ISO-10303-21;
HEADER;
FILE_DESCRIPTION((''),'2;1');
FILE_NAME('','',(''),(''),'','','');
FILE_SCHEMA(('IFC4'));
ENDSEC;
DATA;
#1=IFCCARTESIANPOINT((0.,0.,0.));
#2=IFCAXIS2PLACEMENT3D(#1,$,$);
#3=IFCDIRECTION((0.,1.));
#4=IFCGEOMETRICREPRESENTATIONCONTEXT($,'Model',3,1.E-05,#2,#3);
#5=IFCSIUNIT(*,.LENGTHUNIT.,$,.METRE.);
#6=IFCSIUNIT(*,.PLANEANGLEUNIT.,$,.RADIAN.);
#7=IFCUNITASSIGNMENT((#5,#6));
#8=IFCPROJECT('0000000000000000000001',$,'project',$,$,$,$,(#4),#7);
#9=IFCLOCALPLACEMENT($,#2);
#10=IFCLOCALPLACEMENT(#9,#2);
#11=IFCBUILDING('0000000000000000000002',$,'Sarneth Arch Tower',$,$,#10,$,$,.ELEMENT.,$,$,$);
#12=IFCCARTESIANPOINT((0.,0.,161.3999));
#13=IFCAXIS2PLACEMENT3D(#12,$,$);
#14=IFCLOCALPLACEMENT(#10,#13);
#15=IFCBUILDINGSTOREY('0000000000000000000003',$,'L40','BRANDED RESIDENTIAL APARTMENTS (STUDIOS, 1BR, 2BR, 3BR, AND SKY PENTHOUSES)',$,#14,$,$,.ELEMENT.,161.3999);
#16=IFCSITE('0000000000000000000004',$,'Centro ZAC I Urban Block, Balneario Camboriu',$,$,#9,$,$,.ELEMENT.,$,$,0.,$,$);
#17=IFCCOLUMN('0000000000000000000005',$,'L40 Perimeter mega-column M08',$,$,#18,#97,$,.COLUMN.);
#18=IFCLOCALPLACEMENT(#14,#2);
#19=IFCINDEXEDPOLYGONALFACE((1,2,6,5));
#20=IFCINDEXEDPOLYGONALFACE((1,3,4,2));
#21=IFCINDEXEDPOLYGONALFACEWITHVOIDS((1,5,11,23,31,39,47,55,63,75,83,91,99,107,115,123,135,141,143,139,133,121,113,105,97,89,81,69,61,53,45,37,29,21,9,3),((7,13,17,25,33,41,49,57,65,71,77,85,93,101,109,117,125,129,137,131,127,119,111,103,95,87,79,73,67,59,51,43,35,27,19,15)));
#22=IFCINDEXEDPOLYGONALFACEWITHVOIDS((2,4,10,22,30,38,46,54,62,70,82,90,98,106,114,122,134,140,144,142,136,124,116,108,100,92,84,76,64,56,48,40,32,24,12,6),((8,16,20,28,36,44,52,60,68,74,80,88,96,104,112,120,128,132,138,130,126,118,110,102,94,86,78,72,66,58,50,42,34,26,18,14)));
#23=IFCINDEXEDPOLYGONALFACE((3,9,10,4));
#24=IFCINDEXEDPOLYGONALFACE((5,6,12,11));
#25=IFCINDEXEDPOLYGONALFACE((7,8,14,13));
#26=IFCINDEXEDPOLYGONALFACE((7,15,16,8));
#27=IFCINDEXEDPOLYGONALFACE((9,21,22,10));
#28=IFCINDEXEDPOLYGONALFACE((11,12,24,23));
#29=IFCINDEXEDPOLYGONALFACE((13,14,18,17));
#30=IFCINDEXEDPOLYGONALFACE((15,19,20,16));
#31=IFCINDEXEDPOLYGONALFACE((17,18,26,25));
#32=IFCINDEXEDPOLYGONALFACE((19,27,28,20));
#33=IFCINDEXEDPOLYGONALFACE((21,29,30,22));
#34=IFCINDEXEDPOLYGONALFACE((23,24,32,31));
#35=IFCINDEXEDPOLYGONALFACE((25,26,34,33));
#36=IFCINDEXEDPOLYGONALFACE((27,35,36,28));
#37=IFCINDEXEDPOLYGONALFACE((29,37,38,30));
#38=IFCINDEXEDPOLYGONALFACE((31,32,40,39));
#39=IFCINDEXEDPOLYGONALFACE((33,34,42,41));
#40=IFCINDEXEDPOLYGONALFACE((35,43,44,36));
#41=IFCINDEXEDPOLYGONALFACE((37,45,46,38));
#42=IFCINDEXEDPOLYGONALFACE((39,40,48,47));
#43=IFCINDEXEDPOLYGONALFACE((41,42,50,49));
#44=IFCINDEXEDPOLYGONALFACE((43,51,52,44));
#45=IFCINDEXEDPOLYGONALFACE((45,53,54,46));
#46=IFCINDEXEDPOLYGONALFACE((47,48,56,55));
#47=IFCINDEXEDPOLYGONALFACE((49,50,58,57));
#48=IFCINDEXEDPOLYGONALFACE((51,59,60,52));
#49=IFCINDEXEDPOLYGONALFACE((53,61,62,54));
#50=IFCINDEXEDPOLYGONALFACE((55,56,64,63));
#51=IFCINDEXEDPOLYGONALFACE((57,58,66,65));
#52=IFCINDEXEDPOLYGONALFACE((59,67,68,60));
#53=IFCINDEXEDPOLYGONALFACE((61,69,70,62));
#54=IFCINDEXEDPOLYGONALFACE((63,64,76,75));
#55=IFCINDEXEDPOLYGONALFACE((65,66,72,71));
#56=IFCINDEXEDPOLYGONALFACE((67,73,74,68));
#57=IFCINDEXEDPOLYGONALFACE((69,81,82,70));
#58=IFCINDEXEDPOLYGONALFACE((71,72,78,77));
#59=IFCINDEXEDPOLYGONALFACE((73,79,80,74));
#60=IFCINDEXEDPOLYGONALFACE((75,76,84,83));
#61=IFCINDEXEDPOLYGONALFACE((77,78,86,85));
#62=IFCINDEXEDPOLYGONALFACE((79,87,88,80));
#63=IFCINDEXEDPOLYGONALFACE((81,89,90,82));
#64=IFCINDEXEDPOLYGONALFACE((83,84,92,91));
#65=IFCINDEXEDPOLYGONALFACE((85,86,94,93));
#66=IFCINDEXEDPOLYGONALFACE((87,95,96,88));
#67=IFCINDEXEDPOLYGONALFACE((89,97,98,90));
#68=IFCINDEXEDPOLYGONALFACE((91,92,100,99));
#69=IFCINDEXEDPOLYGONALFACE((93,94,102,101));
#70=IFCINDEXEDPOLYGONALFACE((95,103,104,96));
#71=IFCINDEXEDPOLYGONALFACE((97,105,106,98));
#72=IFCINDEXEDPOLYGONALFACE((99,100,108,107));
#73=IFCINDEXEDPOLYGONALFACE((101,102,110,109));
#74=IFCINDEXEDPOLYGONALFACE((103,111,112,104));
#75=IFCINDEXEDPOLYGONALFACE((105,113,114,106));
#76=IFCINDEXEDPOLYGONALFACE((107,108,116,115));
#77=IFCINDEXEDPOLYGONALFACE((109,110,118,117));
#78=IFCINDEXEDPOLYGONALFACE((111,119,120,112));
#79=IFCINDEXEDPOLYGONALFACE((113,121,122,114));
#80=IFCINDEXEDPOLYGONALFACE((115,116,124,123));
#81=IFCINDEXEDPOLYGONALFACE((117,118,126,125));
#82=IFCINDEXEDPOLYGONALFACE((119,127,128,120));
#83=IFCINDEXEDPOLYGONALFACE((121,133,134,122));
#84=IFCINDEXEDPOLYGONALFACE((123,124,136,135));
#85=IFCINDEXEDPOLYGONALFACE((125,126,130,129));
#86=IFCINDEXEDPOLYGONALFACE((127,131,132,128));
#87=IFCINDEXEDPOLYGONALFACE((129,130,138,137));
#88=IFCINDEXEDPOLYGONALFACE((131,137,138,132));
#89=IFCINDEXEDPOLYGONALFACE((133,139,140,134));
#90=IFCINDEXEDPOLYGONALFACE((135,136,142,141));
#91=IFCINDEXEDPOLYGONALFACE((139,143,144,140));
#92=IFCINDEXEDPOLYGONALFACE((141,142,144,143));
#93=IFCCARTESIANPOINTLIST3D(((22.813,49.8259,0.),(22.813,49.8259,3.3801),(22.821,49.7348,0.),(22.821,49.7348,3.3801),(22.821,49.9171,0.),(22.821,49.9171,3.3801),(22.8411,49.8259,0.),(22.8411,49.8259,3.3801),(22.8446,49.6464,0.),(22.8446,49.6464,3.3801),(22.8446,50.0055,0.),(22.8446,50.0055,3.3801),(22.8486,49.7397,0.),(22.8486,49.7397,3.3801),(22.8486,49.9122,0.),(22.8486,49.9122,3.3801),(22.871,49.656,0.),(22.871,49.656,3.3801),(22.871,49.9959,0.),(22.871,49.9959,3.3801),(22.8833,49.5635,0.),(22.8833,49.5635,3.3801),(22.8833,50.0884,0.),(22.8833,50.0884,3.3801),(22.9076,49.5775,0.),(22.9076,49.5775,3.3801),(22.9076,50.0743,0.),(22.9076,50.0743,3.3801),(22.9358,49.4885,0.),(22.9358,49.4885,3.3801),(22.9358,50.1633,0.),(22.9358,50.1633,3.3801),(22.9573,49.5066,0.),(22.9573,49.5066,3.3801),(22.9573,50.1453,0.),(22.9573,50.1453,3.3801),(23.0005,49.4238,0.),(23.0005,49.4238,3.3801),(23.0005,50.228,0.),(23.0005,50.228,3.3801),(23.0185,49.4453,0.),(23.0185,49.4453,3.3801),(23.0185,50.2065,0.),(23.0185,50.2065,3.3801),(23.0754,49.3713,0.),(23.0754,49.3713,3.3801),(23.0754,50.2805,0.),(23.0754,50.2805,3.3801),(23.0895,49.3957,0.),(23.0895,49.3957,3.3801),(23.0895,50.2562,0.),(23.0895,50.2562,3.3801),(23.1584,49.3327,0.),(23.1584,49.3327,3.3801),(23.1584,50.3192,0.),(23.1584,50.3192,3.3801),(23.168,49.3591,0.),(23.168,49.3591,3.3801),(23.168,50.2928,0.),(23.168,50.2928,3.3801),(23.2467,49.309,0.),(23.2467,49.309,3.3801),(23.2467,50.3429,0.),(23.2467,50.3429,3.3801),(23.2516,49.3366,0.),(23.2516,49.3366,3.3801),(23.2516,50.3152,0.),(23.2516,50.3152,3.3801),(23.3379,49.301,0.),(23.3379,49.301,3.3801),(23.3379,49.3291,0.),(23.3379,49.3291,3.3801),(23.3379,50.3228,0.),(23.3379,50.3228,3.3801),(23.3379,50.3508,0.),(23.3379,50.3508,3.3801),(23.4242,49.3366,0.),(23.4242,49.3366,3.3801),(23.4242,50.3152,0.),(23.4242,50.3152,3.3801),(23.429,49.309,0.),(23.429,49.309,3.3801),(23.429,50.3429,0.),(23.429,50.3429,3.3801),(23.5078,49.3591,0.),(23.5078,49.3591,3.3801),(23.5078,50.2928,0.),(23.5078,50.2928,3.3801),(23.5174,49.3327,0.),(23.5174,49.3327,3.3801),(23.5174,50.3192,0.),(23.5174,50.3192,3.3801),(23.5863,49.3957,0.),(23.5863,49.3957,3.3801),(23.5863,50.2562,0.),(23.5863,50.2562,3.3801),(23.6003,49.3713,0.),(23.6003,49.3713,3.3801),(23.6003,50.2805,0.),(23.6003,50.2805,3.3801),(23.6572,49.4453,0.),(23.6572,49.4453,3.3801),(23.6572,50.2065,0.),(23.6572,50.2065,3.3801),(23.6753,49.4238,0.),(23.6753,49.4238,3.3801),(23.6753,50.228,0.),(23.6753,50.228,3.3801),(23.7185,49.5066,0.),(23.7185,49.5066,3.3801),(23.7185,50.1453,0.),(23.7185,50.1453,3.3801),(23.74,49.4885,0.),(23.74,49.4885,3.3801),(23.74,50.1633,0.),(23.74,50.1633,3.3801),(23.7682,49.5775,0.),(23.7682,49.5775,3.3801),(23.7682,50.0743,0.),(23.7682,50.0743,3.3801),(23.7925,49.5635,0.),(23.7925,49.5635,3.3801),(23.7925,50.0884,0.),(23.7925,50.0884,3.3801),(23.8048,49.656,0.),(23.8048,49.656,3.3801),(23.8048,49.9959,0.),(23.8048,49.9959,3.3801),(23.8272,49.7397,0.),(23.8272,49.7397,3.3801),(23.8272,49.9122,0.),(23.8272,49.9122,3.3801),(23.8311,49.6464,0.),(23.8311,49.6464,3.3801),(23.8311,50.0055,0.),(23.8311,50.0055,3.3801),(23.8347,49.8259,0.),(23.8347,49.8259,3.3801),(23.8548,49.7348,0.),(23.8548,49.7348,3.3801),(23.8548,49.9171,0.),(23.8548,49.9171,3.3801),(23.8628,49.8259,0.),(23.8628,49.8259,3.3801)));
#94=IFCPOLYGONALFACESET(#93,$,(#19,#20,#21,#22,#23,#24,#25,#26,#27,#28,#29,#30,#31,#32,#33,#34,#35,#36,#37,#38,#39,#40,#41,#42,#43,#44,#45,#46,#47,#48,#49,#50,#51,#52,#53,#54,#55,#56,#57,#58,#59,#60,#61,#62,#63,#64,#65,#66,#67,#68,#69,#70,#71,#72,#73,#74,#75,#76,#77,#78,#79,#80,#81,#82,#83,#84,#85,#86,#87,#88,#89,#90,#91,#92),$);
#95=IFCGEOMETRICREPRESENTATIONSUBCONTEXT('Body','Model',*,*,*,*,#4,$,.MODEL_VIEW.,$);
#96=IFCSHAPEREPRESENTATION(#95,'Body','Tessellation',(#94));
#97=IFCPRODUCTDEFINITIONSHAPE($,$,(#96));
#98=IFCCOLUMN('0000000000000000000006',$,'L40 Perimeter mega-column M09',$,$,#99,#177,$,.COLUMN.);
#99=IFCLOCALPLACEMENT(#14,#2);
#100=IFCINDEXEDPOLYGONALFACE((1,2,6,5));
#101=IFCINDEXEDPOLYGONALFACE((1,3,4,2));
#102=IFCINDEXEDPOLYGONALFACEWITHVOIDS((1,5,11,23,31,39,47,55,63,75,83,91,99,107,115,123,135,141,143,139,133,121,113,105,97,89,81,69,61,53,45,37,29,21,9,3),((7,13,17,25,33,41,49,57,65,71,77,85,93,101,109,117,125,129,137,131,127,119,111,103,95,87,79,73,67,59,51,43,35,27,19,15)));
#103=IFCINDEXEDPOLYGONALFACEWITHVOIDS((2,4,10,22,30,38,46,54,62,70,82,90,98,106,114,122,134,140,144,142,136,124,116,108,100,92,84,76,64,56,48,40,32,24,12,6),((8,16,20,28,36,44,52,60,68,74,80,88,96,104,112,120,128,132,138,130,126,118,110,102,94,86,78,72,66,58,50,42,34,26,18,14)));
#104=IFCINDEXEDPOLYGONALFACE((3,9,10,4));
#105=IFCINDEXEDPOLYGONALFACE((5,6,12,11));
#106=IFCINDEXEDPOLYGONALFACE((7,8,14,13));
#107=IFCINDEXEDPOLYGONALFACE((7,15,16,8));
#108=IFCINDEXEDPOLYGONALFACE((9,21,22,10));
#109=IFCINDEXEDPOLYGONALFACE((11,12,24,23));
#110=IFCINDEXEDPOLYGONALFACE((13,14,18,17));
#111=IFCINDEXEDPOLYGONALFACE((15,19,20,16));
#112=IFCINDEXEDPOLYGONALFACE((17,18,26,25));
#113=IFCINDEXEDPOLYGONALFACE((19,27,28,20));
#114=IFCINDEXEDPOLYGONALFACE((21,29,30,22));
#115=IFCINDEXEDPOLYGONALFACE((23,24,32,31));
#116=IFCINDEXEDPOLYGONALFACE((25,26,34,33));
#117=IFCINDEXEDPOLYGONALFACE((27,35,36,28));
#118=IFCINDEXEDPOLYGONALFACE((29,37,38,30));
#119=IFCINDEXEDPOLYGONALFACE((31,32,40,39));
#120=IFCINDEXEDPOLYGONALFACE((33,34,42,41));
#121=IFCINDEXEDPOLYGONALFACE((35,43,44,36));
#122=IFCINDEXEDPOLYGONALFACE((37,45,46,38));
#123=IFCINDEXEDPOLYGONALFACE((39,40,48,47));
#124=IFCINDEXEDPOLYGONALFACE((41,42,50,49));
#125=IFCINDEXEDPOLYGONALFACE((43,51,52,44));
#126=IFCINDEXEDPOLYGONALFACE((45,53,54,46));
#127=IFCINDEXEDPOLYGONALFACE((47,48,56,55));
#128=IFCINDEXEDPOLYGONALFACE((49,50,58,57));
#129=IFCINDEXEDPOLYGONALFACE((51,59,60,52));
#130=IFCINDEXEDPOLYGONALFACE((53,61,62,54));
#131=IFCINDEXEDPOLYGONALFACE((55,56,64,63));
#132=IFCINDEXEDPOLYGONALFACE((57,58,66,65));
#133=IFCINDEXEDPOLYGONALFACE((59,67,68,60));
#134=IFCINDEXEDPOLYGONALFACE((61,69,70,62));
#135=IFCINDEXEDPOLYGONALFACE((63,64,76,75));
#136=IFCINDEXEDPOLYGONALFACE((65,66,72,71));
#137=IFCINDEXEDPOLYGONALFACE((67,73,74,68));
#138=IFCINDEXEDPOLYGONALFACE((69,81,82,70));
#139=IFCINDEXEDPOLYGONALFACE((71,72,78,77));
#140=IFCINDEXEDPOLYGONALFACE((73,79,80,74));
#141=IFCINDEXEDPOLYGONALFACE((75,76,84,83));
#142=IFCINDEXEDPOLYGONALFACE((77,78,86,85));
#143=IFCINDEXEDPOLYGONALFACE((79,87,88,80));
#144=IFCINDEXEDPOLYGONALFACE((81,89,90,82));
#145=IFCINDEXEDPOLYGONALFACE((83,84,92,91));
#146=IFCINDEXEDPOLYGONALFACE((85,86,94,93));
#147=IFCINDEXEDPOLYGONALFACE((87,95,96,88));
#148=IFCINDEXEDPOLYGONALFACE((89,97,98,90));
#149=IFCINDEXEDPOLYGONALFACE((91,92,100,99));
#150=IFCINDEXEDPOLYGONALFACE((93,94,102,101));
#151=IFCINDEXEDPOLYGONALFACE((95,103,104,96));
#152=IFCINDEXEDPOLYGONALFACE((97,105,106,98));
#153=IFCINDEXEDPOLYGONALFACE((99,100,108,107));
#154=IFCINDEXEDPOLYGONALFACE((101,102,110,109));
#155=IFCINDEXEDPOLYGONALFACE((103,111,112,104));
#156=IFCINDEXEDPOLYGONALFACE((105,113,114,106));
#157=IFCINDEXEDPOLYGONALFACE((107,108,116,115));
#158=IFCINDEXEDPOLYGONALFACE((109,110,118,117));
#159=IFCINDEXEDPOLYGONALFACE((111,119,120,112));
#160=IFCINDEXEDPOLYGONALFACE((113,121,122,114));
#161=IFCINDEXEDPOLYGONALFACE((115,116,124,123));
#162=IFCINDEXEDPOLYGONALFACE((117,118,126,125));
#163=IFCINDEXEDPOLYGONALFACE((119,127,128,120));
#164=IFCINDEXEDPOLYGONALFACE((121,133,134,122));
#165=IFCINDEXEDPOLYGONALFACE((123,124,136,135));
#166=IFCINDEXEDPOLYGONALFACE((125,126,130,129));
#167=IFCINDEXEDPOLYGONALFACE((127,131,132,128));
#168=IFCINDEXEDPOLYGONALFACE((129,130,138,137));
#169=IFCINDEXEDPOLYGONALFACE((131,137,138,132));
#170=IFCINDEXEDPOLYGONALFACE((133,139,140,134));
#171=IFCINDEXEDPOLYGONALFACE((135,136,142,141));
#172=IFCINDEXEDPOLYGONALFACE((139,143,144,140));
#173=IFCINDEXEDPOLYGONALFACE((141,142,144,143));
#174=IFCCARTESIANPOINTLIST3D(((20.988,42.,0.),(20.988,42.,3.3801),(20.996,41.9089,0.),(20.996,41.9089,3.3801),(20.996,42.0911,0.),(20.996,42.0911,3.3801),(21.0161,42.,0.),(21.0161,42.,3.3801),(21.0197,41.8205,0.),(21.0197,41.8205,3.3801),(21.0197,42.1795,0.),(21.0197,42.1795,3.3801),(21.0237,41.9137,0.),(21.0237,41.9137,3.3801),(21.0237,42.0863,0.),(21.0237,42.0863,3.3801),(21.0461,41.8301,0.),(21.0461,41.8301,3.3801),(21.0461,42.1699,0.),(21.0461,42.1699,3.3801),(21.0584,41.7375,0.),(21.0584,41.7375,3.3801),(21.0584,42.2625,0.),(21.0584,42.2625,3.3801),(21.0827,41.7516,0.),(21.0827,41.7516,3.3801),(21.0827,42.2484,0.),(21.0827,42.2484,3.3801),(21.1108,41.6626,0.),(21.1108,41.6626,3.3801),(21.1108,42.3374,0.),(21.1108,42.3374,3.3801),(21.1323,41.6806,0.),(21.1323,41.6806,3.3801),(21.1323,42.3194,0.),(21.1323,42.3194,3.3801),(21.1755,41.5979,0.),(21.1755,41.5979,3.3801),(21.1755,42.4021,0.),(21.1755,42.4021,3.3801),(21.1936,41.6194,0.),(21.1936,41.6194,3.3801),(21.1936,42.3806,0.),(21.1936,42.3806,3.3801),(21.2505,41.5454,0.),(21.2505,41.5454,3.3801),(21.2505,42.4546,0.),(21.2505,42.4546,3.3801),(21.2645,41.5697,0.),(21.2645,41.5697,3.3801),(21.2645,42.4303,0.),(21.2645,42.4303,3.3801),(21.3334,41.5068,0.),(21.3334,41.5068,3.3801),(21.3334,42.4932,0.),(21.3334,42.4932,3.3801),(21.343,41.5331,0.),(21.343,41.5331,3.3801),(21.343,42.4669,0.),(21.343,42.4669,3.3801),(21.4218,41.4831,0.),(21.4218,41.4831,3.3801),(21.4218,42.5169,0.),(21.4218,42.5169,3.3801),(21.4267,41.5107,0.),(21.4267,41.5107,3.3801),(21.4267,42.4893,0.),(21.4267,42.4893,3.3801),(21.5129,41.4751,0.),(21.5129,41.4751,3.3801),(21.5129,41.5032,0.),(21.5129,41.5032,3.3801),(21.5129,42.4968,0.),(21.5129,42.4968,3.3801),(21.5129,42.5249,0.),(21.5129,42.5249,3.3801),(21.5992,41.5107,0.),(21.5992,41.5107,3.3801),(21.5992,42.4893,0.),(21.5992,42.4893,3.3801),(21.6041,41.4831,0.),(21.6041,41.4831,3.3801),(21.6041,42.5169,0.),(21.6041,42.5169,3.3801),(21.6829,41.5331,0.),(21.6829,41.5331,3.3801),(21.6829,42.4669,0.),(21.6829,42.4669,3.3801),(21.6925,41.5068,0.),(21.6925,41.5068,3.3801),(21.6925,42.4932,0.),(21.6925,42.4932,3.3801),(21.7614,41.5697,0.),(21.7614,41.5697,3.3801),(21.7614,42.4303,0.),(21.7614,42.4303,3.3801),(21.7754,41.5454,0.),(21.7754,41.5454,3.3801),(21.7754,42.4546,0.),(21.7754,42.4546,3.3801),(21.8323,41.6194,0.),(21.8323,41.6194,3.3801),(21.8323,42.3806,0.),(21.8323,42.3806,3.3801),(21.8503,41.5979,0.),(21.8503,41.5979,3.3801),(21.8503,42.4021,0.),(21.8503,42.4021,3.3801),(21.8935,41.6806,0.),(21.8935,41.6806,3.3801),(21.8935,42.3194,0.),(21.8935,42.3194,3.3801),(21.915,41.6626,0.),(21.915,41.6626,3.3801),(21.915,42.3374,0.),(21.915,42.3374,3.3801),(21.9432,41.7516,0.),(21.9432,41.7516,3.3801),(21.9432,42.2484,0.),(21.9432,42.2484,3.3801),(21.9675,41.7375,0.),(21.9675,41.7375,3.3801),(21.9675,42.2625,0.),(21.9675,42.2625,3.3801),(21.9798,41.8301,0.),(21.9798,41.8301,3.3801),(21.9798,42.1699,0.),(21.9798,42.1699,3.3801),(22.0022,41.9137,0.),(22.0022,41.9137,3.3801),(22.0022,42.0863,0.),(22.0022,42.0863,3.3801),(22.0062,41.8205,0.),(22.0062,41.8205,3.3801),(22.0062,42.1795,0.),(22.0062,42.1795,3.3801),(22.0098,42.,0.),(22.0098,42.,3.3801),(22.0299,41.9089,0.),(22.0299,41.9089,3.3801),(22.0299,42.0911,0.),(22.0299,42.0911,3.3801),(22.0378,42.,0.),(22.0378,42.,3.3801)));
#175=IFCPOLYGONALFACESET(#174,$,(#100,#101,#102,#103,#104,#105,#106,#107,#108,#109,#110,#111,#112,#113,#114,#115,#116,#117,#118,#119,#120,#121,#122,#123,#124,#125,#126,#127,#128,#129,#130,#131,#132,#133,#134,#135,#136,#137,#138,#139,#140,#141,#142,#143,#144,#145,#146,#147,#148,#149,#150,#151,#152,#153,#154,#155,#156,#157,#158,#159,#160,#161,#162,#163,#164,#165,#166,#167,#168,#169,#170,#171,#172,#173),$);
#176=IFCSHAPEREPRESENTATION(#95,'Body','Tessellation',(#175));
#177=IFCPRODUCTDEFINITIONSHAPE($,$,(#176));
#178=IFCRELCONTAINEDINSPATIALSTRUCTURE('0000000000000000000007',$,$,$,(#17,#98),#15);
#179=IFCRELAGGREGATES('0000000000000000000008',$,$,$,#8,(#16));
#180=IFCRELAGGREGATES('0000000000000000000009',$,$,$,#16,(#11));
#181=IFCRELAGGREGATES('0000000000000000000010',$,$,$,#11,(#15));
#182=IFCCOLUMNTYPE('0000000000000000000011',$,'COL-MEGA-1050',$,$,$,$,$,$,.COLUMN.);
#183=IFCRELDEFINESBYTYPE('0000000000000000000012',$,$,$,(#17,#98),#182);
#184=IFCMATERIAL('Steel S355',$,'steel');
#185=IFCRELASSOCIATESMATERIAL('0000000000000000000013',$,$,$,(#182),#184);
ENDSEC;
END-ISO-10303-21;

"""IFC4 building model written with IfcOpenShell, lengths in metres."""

from ifc_helpers import new_model, si_unit, direction, frame, origin, origin_2d, place, context, subcontext, project, spatial, hollow_circle, extrude, material, material_profile, profile_set, type_object, element, save


model = new_model("IFC4")

# Units and contexts
model_context = context("Model", 3, precision=1e-05, world=origin(), true_north=direction((0.0, 1.0)))
body_context = subcontext(model_context, "Body", "Model", "MODEL_VIEW")
ifc_project = project(units=[si_unit("LENGTHUNIT", "METRE"), si_unit("PLANEANGLEUNIT", "RADIAN")], contexts=[model_context])

# Site, building, storey
site_placement = place(None, origin())
site = spatial("IfcSite", under=ifc_project, at=site_placement, Name="Centro ZAC I Urban Block, Balneario Camboriu", CompositionType="ELEMENT", RefElevation=0.0)
building_placement = place(site_placement, origin())
building = spatial("IfcBuilding", under=site, at=building_placement, Name="Sarneth Arch Tower", CompositionType="ELEMENT")
storey_placement = place(building_placement, frame((0.0, 0.0, 161.3999)))
storey = spatial("IfcBuildingStorey", under=building, at=storey_placement, Name="L40", Description="BRANDED RESIDENTIAL APARTMENTS (STUDIOS, 1BR, 2BR, 3BR, AND SKY PENTHOUSES)", CompositionType="ELEMENT", Elevation=161.3999)

# Columns
ifc_material_1 = material(Name="Steel S355", Category="steel")
ifc_material_profile_1 = material_profile(ifc_material_1, hollow_circle(Radius=0.5249, WallThickness=0.0281, at=origin_2d()), Name="CHS1050x28")
ifc_profile_set_1 = profile_set([ifc_material_profile_1], Name="Steel S355")
column_type = type_object("IfcColumnType", Name="COL-MEGA-1050", PredefinedType="COLUMN", material=ifc_profile_set_1)
for number, where, z_axis, x_axis, name in (
    (1, (23.3379, 49.8259, 0.0), (0.0, 0.0, 1.0), (1.0, 0.0, 0.0), "L40 Perimeter mega-column M08"),
    (2, (21.5129, 42.0, 0.0), (0.0, 0.0, 1.0), (1.0, 0.0, 0.0), "L40 Perimeter mega-column M09"),
):
    element("IfcColumn", number, at=place(storey_placement, frame(where, z_axis=z_axis, x_axis=x_axis)), inside=storey, type_object=column_type, Name=name, PredefinedType="COLUMN", context=body_context, shape_type="SweptSolid", body=[
        extrude(hollow_circle(Radius=0.5249, WallThickness=0.0281, at=origin_2d()), origin(), (0.0, 0.0, 1.0), 3.3801),
    ])

save(model, "model.ifc")
